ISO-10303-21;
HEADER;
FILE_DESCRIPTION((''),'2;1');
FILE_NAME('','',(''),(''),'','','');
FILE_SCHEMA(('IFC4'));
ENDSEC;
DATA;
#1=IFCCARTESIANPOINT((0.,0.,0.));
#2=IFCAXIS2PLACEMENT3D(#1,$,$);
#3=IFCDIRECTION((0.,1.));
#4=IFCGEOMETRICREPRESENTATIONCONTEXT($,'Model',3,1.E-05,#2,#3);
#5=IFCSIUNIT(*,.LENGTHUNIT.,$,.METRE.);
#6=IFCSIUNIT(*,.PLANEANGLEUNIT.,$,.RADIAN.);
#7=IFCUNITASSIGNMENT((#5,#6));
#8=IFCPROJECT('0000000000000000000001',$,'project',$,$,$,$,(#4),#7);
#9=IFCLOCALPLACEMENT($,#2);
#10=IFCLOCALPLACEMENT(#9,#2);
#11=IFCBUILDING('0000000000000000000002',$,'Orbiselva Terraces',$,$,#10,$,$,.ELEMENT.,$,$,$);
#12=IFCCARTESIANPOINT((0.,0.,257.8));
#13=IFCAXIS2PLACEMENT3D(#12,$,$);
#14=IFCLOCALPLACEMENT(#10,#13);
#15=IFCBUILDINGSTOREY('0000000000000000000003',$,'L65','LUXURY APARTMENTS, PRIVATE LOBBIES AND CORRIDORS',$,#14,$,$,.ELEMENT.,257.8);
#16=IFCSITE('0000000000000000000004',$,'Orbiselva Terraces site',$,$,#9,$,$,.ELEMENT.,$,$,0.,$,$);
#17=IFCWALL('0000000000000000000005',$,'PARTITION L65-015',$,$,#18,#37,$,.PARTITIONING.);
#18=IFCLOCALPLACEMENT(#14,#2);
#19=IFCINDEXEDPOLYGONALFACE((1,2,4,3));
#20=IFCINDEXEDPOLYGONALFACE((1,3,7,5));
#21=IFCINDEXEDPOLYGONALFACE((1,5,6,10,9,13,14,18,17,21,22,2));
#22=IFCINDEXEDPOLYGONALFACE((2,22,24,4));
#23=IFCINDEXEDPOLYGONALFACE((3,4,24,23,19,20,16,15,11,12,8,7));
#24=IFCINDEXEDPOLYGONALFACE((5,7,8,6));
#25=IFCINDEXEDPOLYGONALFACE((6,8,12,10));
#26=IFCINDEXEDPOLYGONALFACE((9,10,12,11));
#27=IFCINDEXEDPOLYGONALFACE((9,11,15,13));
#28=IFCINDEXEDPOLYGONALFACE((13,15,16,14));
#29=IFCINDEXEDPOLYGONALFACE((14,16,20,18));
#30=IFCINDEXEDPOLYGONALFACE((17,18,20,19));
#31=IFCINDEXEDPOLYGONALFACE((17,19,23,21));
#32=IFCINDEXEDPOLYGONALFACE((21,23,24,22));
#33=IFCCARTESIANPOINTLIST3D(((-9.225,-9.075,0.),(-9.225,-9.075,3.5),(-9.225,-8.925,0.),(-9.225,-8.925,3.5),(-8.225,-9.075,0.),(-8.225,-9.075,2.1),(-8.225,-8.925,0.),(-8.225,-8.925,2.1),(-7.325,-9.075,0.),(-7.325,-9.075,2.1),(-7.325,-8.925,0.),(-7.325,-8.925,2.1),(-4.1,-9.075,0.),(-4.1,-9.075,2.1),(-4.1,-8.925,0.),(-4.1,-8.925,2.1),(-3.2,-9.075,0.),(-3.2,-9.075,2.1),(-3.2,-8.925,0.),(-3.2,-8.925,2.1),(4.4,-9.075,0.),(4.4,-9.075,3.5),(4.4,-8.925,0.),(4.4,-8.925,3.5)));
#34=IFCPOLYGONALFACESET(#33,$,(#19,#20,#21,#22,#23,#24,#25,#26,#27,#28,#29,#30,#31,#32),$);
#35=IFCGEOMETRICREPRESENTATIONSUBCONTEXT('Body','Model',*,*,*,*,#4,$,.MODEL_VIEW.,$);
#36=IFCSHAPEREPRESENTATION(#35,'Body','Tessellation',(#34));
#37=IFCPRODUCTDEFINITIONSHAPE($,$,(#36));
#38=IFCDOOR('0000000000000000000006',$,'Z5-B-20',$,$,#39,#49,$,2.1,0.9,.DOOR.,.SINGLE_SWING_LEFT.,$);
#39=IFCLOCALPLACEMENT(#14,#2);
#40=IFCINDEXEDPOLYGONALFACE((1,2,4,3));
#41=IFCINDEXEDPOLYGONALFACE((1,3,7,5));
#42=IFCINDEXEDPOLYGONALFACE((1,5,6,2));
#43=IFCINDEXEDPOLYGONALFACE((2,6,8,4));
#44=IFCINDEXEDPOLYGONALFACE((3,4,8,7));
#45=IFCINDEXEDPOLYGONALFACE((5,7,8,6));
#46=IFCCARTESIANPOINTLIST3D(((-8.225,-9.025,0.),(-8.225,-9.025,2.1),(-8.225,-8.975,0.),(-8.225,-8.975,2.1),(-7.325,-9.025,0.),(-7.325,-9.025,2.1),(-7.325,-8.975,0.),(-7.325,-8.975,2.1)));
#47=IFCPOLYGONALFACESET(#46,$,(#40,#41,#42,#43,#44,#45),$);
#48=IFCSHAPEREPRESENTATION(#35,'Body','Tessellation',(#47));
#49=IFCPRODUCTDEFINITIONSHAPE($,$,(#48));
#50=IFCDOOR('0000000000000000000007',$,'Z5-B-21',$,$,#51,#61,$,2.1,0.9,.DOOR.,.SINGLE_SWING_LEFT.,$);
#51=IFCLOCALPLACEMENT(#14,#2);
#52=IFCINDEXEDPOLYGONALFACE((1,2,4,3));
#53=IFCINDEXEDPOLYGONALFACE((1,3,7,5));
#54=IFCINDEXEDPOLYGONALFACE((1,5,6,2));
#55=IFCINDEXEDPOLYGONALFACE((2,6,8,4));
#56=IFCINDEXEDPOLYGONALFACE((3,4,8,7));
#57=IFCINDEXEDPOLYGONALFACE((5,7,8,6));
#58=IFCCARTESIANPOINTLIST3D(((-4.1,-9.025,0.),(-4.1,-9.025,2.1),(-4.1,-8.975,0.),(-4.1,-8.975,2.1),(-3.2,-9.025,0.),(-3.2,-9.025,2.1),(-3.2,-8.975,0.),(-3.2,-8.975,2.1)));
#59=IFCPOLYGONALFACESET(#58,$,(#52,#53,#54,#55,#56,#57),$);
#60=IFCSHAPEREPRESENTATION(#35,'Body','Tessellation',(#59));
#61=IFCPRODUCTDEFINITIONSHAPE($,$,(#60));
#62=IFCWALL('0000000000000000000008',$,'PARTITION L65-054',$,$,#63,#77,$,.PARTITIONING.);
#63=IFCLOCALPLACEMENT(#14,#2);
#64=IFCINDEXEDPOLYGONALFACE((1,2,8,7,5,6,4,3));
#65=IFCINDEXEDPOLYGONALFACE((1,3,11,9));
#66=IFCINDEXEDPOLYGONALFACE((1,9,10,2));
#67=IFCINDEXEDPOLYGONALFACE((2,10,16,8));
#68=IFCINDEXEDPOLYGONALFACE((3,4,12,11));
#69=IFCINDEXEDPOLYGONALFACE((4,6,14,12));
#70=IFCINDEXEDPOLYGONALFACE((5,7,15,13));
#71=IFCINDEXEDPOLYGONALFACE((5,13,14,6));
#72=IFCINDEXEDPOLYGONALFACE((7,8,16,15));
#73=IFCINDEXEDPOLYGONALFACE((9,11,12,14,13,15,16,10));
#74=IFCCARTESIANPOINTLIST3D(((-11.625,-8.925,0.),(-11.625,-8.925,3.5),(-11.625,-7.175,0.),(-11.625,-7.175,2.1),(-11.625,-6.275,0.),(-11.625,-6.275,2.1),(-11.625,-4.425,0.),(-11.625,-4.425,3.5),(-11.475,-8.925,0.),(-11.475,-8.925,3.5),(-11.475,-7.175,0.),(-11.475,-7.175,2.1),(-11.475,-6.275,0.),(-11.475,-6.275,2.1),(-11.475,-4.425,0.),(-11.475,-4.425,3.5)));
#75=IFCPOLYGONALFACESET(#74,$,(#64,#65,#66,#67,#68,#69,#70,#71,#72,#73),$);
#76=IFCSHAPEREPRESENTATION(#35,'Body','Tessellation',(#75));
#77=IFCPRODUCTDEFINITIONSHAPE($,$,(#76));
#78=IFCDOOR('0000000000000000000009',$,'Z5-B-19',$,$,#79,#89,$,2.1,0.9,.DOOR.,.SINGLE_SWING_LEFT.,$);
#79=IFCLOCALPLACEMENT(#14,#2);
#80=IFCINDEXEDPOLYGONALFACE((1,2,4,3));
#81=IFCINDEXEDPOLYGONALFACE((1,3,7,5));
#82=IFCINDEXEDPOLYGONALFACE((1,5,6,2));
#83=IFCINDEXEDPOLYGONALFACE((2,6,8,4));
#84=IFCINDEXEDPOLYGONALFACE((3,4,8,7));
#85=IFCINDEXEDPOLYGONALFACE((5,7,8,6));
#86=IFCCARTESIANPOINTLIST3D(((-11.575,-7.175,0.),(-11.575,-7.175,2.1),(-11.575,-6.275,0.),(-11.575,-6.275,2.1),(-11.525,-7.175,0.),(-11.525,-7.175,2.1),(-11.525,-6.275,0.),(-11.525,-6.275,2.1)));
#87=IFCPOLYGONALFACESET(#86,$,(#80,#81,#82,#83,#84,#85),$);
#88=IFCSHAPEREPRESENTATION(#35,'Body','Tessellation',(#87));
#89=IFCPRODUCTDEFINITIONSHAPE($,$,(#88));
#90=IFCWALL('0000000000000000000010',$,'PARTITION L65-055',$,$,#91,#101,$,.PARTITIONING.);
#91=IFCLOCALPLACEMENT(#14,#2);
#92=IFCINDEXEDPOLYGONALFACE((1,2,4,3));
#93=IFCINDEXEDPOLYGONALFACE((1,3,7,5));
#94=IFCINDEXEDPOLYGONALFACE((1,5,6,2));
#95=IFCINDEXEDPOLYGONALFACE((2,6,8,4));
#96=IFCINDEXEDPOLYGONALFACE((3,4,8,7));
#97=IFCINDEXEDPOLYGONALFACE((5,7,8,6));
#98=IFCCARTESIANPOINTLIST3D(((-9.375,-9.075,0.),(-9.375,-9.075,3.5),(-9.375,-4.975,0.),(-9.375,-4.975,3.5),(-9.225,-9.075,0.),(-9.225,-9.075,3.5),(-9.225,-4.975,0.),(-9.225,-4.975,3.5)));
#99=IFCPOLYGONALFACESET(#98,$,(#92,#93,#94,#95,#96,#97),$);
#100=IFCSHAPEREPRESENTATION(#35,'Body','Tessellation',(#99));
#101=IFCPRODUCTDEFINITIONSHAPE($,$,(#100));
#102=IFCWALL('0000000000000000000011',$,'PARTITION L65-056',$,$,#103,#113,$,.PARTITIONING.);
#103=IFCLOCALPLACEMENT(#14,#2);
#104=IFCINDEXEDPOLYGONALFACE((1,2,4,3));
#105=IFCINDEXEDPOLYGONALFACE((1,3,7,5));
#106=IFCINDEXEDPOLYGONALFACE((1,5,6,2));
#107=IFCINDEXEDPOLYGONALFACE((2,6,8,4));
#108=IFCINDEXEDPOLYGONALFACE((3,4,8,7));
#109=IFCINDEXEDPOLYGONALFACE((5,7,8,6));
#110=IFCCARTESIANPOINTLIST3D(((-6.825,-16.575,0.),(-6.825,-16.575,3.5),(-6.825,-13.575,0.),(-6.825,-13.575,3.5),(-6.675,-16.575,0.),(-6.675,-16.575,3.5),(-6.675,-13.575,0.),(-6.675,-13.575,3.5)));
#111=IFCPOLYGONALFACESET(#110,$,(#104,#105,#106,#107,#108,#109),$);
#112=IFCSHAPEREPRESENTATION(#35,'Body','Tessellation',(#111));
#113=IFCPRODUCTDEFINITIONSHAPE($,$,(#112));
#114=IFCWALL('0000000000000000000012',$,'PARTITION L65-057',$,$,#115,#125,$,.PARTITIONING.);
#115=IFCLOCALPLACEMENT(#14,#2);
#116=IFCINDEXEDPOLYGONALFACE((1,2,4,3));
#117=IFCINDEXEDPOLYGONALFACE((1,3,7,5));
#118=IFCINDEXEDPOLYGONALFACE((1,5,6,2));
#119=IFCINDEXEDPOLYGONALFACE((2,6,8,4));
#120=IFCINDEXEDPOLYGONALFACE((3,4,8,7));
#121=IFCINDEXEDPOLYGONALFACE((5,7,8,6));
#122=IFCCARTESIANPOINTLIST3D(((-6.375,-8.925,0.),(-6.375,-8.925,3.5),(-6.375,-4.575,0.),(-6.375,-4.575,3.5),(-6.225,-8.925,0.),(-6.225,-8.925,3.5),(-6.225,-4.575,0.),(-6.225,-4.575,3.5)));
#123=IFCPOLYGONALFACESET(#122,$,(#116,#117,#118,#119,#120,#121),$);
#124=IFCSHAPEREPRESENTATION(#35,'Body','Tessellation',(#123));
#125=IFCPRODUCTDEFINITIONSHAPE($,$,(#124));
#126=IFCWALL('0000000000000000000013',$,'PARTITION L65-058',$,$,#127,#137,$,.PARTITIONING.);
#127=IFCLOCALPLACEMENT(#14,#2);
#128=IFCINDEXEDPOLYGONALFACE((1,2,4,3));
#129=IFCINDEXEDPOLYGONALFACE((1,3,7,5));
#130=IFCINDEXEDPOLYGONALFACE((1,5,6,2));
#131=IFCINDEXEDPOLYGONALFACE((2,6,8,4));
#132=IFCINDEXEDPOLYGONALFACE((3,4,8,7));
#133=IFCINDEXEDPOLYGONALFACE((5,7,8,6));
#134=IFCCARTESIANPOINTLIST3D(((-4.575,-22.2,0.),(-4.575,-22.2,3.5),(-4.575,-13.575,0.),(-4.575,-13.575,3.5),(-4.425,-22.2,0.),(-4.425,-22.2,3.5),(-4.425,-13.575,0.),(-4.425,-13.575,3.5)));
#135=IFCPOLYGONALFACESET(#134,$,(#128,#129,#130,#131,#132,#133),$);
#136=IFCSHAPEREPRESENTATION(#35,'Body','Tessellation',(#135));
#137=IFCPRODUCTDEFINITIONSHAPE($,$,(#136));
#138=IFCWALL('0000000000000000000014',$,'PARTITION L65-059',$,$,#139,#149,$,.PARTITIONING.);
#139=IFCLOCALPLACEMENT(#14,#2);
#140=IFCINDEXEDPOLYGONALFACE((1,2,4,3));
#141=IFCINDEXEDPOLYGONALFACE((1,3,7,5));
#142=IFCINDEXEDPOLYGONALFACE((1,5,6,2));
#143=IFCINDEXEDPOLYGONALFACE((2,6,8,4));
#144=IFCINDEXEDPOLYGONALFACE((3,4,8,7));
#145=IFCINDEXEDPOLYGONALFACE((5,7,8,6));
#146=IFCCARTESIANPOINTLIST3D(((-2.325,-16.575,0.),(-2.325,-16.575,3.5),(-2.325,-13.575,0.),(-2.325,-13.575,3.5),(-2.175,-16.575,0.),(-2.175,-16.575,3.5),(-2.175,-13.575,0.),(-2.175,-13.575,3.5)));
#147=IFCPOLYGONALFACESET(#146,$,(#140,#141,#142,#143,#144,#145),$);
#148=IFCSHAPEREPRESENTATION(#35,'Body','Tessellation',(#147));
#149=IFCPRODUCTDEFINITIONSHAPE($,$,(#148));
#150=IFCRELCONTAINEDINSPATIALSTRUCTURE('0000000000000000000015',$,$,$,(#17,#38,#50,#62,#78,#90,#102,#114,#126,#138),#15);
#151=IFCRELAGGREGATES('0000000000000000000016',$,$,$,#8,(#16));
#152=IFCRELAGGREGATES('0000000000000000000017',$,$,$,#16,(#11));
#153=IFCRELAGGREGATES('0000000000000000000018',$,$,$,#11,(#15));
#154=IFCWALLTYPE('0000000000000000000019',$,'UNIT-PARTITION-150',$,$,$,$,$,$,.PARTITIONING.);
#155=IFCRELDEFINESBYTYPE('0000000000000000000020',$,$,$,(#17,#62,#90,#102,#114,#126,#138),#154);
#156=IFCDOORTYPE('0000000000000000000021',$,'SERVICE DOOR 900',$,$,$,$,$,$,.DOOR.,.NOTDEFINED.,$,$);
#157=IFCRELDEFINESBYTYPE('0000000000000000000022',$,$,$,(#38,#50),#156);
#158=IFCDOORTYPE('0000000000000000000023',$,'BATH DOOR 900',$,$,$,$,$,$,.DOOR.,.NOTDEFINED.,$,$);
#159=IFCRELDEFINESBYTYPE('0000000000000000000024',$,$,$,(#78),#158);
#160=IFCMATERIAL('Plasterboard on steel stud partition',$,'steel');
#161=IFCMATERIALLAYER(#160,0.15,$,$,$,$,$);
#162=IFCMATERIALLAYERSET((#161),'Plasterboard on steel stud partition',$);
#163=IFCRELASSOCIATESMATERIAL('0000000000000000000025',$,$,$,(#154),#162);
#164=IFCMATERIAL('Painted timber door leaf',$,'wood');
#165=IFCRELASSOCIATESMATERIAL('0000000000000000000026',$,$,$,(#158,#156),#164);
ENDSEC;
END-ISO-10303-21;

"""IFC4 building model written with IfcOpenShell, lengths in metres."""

from ifc_helpers import new_model, si_unit, direction, frame, frame_2d, origin, place, context, subcontext, project, spatial, rectangle, extrude, material, layer, layer_set, type_object, element, fill, save


model = new_model("IFC4")

# Units and contexts
model_context = context("Model", 3, precision=1e-05, world=origin(), true_north=direction((0.0, 1.0)))
body_context = subcontext(model_context, "Body", "Model", "MODEL_VIEW")
ifc_project = project(units=[si_unit("LENGTHUNIT", "METRE"), si_unit("PLANEANGLEUNIT", "RADIAN")], contexts=[model_context])

# Site, building, storey
site_placement = place(None, origin())
site = spatial("IfcSite", under=ifc_project, at=site_placement, Name="Orbiselva Terraces site", CompositionType="ELEMENT", RefElevation=0.0)
building_placement = place(site_placement, origin())
building = spatial("IfcBuilding", under=site, at=building_placement, Name="Orbiselva Terraces", CompositionType="ELEMENT")
storey_placement = place(building_placement, frame((0.0, 0.0, 257.8)))
storey = spatial("IfcBuildingStorey", under=building, at=storey_placement, Name="L65", Description="LUXURY APARTMENTS, PRIVATE LOBBIES AND CORRIDORS", CompositionType="ELEMENT", Elevation=257.8)

# Shared definitions
ifc_material_1 = material(Name="Plasterboard on steel stud partition", Category="steel")
ifc_layer_1 = layer(ifc_material_1, 0.15)
ifc_layer_set_1 = layer_set([ifc_layer_1], Name="Plasterboard on steel stud partition")
wall_type_1 = type_object("IfcWallType", Name="UNIT-PARTITION-150", PredefinedType="PARTITIONING", material=ifc_layer_set_1)
ifc_material_2 = material(Name="Painted timber door leaf", Category="wood")
door_type_1 = type_object("IfcDoorType", Name="BATH DOOR 900", OperationType="NOTDEFINED", PredefinedType="DOOR", material=ifc_material_2)

# Wall, openings, doors
wall_1_placement = place(storey_placement, frame((-9.225, -9.0, 0.0), z_axis=(0.0, 0.0, 1.0), x_axis=(1.0, 0.0, 0.0)))
wall_1 = element("IfcWall", 1, at=wall_1_placement, inside=storey, type_object=wall_type_1, Name="PARTITION L65-015", PredefinedType="PARTITIONING", context=body_context, shape_type="SweptSolid", body=[
    extrude(rectangle(XDim=13.625, YDim=0.15, at=frame_2d((6.8125, 0.0))), origin(), (0.0, 0.0, 1.0), 3.5),
])
opening_1_placement = place(wall_1_placement, frame((1.0, 0.0, 0.0)))
opening_1 = element("IfcOpeningElement", 2, at=opening_1_placement, cuts=wall_1, PredefinedType="OPENING", context=body_context, shape_type="SweptSolid", body=[
    extrude(rectangle(XDim=0.9, YDim=2.1, at=frame_2d((0.45, 1.05))), frame((0.0, 0.085, 0.0), z_axis=(0.0, -1.0, 0.0), x_axis=(1.0, 0.0, 0.0)), (0.0, 0.0, 1.0), 0.17),
])
opening_2_placement = place(wall_1_placement, frame((5.125, 0.0, 0.0)))
opening_2 = element("IfcOpeningElement", 3, at=opening_2_placement, cuts=wall_1, PredefinedType="OPENING", context=body_context, shape_type="SweptSolid", body=[
    extrude(rectangle(XDim=0.9, YDim=2.1, at=frame_2d((0.45, 1.05))), frame((0.0, 0.085, 0.0), z_axis=(0.0, -1.0, 0.0), x_axis=(1.0, 0.0, 0.0)), (0.0, 0.0, 1.0), 0.17),
])
door_type_2 = type_object("IfcDoorType", Name="SERVICE DOOR 900", OperationType="NOTDEFINED", PredefinedType="DOOR", material=ifc_material_2)
door_1_placement = place(opening_1_placement, origin())
door_1 = element("IfcDoor", 4, at=door_1_placement, inside=storey, type_object=door_type_2, Name="Z5-B-20", OperationType="SINGLE_SWING_LEFT", OverallHeight=2.1, OverallWidth=0.9, PredefinedType="DOOR", context=body_context, shape_type="SweptSolid", body=[
    extrude(rectangle(XDim=0.9, YDim=2.1, at=frame_2d((0.45, 1.05))), frame((0.0, 0.025, 0.0), z_axis=(0.0, -1.0, 0.0), x_axis=(1.0, 0.0, 0.0)), (0.0, 0.0, 1.0), 0.05),
])
fill(opening_1, door_1)
door_2_placement = place(opening_2_placement, origin())
door_2 = element("IfcDoor", 5, at=door_2_placement, inside=storey, type_object=door_type_2, Name="Z5-B-21", OperationType="SINGLE_SWING_LEFT", OverallHeight=2.1, OverallWidth=0.9, PredefinedType="DOOR", context=body_context, shape_type="SweptSolid", body=[
    extrude(rectangle(XDim=0.9, YDim=2.1, at=frame_2d((0.45, 1.05))), frame((0.0, 0.025, 0.0), z_axis=(0.0, -1.0, 0.0), x_axis=(1.0, 0.0, 0.0)), (0.0, 0.0, 1.0), 0.05),
])
fill(opening_2, door_2)

# Wall, opening, door
wall_2_placement = place(storey_placement, frame((-11.55, -8.925, 0.0), z_axis=(0.0, 0.0, 1.0), x_axis=(0.0, 1.0, 0.0)))
wall_2 = element("IfcWall", 6, at=wall_2_placement, inside=storey, type_object=wall_type_1, Name="PARTITION L65-054", PredefinedType="PARTITIONING", context=body_context, shape_type="SweptSolid", body=[
    extrude(rectangle(XDim=4.5, YDim=0.15, at=frame_2d((2.25, 0.0))), origin(), (0.0, 0.0, 1.0), 3.5),
])
opening_3_placement = place(wall_2_placement, frame((1.75, 0.0, 0.0)))
opening_3 = element("IfcOpeningElement", 7, at=opening_3_placement, cuts=wall_2, PredefinedType="OPENING", context=body_context, shape_type="SweptSolid", body=[
    extrude(rectangle(XDim=0.9, YDim=2.1, at=frame_2d((0.45, 1.05))), frame((0.0, 0.085, 0.0), z_axis=(0.0, -1.0, 0.0), x_axis=(1.0, 0.0, 0.0)), (0.0, 0.0, 1.0), 0.17),
])
door_3_placement = place(opening_3_placement, origin())
door_3 = element("IfcDoor", 8, at=door_3_placement, inside=storey, type_object=door_type_1, Name="Z5-B-19", OperationType="SINGLE_SWING_LEFT", OverallHeight=2.1, OverallWidth=0.9, PredefinedType="DOOR", context=body_context, shape_type="SweptSolid", body=[
    extrude(rectangle(XDim=0.9, YDim=2.1, at=frame_2d((0.45, 1.05))), frame((0.0, 0.025, 0.0), z_axis=(0.0, -1.0, 0.0), x_axis=(1.0, 0.0, 0.0)), (0.0, 0.0, 1.0), 0.05),
])
fill(opening_3, door_3)

# Walls
wall_3_placement = place(storey_placement, frame((-9.3, -9.075, 0.0), z_axis=(0.0, 0.0, 1.0), x_axis=(0.0, 1.0, 0.0)))
element("IfcWall", 9, at=wall_3_placement, inside=storey, type_object=wall_type_1, Name="PARTITION L65-055", PredefinedType="PARTITIONING", context=body_context, shape_type="SweptSolid", body=[
    extrude(rectangle(XDim=4.1, YDim=0.15, at=frame_2d((2.05, 0.0))), origin(), (0.0, 0.0, 1.0), 3.5),
])
wall_4_placement = place(storey_placement, frame((-6.75, -16.575, 0.0), z_axis=(0.0, 0.0, 1.0), x_axis=(0.0, 1.0, 0.0)))
element("IfcWall", 10, at=wall_4_placement, inside=storey, type_object=wall_type_1, Name="PARTITION L65-056", PredefinedType="PARTITIONING", context=body_context, shape_type="SweptSolid", body=[
    extrude(rectangle(XDim=3.0, YDim=0.15, at=frame_2d((1.5, 0.0))), origin(), (0.0, 0.0, 1.0), 3.5),
])
wall_5_placement = place(storey_placement, frame((-6.3, -8.925, 0.0), z_axis=(0.0, 0.0, 1.0), x_axis=(0.0, 1.0, 0.0)))
element("IfcWall", 11, at=wall_5_placement, inside=storey, type_object=wall_type_1, Name="PARTITION L65-057", PredefinedType="PARTITIONING", context=body_context, shape_type="SweptSolid", body=[
    extrude(rectangle(XDim=4.35, YDim=0.15, at=frame_2d((2.175, 0.0))), origin(), (0.0, 0.0, 1.0), 3.5),
])
wall_6_placement = place(storey_placement, frame((-4.5, -22.2, 0.0), z_axis=(0.0, 0.0, 1.0), x_axis=(0.0, 1.0, 0.0)))
element("IfcWall", 12, at=wall_6_placement, inside=storey, type_object=wall_type_1, Name="PARTITION L65-058", PredefinedType="PARTITIONING", context=body_context, shape_type="SweptSolid", body=[
    extrude(rectangle(XDim=8.625, YDim=0.15, at=frame_2d((4.3125, 0.0))), origin(), (0.0, 0.0, 1.0), 3.5),
])
wall_7_placement = place(storey_placement, frame((-2.25, -16.575, 0.0), z_axis=(0.0, 0.0, 1.0), x_axis=(0.0, 1.0, 0.0)))
element("IfcWall", 13, at=wall_7_placement, inside=storey, type_object=wall_type_1, Name="PARTITION L65-059", PredefinedType="PARTITIONING", context=body_context, shape_type="SweptSolid", body=[
    extrude(rectangle(XDim=3.0, YDim=0.15, at=frame_2d((1.5, 0.0))), origin(), (0.0, 0.0, 1.0), 3.5),
])

save(model, "model.ifc")
